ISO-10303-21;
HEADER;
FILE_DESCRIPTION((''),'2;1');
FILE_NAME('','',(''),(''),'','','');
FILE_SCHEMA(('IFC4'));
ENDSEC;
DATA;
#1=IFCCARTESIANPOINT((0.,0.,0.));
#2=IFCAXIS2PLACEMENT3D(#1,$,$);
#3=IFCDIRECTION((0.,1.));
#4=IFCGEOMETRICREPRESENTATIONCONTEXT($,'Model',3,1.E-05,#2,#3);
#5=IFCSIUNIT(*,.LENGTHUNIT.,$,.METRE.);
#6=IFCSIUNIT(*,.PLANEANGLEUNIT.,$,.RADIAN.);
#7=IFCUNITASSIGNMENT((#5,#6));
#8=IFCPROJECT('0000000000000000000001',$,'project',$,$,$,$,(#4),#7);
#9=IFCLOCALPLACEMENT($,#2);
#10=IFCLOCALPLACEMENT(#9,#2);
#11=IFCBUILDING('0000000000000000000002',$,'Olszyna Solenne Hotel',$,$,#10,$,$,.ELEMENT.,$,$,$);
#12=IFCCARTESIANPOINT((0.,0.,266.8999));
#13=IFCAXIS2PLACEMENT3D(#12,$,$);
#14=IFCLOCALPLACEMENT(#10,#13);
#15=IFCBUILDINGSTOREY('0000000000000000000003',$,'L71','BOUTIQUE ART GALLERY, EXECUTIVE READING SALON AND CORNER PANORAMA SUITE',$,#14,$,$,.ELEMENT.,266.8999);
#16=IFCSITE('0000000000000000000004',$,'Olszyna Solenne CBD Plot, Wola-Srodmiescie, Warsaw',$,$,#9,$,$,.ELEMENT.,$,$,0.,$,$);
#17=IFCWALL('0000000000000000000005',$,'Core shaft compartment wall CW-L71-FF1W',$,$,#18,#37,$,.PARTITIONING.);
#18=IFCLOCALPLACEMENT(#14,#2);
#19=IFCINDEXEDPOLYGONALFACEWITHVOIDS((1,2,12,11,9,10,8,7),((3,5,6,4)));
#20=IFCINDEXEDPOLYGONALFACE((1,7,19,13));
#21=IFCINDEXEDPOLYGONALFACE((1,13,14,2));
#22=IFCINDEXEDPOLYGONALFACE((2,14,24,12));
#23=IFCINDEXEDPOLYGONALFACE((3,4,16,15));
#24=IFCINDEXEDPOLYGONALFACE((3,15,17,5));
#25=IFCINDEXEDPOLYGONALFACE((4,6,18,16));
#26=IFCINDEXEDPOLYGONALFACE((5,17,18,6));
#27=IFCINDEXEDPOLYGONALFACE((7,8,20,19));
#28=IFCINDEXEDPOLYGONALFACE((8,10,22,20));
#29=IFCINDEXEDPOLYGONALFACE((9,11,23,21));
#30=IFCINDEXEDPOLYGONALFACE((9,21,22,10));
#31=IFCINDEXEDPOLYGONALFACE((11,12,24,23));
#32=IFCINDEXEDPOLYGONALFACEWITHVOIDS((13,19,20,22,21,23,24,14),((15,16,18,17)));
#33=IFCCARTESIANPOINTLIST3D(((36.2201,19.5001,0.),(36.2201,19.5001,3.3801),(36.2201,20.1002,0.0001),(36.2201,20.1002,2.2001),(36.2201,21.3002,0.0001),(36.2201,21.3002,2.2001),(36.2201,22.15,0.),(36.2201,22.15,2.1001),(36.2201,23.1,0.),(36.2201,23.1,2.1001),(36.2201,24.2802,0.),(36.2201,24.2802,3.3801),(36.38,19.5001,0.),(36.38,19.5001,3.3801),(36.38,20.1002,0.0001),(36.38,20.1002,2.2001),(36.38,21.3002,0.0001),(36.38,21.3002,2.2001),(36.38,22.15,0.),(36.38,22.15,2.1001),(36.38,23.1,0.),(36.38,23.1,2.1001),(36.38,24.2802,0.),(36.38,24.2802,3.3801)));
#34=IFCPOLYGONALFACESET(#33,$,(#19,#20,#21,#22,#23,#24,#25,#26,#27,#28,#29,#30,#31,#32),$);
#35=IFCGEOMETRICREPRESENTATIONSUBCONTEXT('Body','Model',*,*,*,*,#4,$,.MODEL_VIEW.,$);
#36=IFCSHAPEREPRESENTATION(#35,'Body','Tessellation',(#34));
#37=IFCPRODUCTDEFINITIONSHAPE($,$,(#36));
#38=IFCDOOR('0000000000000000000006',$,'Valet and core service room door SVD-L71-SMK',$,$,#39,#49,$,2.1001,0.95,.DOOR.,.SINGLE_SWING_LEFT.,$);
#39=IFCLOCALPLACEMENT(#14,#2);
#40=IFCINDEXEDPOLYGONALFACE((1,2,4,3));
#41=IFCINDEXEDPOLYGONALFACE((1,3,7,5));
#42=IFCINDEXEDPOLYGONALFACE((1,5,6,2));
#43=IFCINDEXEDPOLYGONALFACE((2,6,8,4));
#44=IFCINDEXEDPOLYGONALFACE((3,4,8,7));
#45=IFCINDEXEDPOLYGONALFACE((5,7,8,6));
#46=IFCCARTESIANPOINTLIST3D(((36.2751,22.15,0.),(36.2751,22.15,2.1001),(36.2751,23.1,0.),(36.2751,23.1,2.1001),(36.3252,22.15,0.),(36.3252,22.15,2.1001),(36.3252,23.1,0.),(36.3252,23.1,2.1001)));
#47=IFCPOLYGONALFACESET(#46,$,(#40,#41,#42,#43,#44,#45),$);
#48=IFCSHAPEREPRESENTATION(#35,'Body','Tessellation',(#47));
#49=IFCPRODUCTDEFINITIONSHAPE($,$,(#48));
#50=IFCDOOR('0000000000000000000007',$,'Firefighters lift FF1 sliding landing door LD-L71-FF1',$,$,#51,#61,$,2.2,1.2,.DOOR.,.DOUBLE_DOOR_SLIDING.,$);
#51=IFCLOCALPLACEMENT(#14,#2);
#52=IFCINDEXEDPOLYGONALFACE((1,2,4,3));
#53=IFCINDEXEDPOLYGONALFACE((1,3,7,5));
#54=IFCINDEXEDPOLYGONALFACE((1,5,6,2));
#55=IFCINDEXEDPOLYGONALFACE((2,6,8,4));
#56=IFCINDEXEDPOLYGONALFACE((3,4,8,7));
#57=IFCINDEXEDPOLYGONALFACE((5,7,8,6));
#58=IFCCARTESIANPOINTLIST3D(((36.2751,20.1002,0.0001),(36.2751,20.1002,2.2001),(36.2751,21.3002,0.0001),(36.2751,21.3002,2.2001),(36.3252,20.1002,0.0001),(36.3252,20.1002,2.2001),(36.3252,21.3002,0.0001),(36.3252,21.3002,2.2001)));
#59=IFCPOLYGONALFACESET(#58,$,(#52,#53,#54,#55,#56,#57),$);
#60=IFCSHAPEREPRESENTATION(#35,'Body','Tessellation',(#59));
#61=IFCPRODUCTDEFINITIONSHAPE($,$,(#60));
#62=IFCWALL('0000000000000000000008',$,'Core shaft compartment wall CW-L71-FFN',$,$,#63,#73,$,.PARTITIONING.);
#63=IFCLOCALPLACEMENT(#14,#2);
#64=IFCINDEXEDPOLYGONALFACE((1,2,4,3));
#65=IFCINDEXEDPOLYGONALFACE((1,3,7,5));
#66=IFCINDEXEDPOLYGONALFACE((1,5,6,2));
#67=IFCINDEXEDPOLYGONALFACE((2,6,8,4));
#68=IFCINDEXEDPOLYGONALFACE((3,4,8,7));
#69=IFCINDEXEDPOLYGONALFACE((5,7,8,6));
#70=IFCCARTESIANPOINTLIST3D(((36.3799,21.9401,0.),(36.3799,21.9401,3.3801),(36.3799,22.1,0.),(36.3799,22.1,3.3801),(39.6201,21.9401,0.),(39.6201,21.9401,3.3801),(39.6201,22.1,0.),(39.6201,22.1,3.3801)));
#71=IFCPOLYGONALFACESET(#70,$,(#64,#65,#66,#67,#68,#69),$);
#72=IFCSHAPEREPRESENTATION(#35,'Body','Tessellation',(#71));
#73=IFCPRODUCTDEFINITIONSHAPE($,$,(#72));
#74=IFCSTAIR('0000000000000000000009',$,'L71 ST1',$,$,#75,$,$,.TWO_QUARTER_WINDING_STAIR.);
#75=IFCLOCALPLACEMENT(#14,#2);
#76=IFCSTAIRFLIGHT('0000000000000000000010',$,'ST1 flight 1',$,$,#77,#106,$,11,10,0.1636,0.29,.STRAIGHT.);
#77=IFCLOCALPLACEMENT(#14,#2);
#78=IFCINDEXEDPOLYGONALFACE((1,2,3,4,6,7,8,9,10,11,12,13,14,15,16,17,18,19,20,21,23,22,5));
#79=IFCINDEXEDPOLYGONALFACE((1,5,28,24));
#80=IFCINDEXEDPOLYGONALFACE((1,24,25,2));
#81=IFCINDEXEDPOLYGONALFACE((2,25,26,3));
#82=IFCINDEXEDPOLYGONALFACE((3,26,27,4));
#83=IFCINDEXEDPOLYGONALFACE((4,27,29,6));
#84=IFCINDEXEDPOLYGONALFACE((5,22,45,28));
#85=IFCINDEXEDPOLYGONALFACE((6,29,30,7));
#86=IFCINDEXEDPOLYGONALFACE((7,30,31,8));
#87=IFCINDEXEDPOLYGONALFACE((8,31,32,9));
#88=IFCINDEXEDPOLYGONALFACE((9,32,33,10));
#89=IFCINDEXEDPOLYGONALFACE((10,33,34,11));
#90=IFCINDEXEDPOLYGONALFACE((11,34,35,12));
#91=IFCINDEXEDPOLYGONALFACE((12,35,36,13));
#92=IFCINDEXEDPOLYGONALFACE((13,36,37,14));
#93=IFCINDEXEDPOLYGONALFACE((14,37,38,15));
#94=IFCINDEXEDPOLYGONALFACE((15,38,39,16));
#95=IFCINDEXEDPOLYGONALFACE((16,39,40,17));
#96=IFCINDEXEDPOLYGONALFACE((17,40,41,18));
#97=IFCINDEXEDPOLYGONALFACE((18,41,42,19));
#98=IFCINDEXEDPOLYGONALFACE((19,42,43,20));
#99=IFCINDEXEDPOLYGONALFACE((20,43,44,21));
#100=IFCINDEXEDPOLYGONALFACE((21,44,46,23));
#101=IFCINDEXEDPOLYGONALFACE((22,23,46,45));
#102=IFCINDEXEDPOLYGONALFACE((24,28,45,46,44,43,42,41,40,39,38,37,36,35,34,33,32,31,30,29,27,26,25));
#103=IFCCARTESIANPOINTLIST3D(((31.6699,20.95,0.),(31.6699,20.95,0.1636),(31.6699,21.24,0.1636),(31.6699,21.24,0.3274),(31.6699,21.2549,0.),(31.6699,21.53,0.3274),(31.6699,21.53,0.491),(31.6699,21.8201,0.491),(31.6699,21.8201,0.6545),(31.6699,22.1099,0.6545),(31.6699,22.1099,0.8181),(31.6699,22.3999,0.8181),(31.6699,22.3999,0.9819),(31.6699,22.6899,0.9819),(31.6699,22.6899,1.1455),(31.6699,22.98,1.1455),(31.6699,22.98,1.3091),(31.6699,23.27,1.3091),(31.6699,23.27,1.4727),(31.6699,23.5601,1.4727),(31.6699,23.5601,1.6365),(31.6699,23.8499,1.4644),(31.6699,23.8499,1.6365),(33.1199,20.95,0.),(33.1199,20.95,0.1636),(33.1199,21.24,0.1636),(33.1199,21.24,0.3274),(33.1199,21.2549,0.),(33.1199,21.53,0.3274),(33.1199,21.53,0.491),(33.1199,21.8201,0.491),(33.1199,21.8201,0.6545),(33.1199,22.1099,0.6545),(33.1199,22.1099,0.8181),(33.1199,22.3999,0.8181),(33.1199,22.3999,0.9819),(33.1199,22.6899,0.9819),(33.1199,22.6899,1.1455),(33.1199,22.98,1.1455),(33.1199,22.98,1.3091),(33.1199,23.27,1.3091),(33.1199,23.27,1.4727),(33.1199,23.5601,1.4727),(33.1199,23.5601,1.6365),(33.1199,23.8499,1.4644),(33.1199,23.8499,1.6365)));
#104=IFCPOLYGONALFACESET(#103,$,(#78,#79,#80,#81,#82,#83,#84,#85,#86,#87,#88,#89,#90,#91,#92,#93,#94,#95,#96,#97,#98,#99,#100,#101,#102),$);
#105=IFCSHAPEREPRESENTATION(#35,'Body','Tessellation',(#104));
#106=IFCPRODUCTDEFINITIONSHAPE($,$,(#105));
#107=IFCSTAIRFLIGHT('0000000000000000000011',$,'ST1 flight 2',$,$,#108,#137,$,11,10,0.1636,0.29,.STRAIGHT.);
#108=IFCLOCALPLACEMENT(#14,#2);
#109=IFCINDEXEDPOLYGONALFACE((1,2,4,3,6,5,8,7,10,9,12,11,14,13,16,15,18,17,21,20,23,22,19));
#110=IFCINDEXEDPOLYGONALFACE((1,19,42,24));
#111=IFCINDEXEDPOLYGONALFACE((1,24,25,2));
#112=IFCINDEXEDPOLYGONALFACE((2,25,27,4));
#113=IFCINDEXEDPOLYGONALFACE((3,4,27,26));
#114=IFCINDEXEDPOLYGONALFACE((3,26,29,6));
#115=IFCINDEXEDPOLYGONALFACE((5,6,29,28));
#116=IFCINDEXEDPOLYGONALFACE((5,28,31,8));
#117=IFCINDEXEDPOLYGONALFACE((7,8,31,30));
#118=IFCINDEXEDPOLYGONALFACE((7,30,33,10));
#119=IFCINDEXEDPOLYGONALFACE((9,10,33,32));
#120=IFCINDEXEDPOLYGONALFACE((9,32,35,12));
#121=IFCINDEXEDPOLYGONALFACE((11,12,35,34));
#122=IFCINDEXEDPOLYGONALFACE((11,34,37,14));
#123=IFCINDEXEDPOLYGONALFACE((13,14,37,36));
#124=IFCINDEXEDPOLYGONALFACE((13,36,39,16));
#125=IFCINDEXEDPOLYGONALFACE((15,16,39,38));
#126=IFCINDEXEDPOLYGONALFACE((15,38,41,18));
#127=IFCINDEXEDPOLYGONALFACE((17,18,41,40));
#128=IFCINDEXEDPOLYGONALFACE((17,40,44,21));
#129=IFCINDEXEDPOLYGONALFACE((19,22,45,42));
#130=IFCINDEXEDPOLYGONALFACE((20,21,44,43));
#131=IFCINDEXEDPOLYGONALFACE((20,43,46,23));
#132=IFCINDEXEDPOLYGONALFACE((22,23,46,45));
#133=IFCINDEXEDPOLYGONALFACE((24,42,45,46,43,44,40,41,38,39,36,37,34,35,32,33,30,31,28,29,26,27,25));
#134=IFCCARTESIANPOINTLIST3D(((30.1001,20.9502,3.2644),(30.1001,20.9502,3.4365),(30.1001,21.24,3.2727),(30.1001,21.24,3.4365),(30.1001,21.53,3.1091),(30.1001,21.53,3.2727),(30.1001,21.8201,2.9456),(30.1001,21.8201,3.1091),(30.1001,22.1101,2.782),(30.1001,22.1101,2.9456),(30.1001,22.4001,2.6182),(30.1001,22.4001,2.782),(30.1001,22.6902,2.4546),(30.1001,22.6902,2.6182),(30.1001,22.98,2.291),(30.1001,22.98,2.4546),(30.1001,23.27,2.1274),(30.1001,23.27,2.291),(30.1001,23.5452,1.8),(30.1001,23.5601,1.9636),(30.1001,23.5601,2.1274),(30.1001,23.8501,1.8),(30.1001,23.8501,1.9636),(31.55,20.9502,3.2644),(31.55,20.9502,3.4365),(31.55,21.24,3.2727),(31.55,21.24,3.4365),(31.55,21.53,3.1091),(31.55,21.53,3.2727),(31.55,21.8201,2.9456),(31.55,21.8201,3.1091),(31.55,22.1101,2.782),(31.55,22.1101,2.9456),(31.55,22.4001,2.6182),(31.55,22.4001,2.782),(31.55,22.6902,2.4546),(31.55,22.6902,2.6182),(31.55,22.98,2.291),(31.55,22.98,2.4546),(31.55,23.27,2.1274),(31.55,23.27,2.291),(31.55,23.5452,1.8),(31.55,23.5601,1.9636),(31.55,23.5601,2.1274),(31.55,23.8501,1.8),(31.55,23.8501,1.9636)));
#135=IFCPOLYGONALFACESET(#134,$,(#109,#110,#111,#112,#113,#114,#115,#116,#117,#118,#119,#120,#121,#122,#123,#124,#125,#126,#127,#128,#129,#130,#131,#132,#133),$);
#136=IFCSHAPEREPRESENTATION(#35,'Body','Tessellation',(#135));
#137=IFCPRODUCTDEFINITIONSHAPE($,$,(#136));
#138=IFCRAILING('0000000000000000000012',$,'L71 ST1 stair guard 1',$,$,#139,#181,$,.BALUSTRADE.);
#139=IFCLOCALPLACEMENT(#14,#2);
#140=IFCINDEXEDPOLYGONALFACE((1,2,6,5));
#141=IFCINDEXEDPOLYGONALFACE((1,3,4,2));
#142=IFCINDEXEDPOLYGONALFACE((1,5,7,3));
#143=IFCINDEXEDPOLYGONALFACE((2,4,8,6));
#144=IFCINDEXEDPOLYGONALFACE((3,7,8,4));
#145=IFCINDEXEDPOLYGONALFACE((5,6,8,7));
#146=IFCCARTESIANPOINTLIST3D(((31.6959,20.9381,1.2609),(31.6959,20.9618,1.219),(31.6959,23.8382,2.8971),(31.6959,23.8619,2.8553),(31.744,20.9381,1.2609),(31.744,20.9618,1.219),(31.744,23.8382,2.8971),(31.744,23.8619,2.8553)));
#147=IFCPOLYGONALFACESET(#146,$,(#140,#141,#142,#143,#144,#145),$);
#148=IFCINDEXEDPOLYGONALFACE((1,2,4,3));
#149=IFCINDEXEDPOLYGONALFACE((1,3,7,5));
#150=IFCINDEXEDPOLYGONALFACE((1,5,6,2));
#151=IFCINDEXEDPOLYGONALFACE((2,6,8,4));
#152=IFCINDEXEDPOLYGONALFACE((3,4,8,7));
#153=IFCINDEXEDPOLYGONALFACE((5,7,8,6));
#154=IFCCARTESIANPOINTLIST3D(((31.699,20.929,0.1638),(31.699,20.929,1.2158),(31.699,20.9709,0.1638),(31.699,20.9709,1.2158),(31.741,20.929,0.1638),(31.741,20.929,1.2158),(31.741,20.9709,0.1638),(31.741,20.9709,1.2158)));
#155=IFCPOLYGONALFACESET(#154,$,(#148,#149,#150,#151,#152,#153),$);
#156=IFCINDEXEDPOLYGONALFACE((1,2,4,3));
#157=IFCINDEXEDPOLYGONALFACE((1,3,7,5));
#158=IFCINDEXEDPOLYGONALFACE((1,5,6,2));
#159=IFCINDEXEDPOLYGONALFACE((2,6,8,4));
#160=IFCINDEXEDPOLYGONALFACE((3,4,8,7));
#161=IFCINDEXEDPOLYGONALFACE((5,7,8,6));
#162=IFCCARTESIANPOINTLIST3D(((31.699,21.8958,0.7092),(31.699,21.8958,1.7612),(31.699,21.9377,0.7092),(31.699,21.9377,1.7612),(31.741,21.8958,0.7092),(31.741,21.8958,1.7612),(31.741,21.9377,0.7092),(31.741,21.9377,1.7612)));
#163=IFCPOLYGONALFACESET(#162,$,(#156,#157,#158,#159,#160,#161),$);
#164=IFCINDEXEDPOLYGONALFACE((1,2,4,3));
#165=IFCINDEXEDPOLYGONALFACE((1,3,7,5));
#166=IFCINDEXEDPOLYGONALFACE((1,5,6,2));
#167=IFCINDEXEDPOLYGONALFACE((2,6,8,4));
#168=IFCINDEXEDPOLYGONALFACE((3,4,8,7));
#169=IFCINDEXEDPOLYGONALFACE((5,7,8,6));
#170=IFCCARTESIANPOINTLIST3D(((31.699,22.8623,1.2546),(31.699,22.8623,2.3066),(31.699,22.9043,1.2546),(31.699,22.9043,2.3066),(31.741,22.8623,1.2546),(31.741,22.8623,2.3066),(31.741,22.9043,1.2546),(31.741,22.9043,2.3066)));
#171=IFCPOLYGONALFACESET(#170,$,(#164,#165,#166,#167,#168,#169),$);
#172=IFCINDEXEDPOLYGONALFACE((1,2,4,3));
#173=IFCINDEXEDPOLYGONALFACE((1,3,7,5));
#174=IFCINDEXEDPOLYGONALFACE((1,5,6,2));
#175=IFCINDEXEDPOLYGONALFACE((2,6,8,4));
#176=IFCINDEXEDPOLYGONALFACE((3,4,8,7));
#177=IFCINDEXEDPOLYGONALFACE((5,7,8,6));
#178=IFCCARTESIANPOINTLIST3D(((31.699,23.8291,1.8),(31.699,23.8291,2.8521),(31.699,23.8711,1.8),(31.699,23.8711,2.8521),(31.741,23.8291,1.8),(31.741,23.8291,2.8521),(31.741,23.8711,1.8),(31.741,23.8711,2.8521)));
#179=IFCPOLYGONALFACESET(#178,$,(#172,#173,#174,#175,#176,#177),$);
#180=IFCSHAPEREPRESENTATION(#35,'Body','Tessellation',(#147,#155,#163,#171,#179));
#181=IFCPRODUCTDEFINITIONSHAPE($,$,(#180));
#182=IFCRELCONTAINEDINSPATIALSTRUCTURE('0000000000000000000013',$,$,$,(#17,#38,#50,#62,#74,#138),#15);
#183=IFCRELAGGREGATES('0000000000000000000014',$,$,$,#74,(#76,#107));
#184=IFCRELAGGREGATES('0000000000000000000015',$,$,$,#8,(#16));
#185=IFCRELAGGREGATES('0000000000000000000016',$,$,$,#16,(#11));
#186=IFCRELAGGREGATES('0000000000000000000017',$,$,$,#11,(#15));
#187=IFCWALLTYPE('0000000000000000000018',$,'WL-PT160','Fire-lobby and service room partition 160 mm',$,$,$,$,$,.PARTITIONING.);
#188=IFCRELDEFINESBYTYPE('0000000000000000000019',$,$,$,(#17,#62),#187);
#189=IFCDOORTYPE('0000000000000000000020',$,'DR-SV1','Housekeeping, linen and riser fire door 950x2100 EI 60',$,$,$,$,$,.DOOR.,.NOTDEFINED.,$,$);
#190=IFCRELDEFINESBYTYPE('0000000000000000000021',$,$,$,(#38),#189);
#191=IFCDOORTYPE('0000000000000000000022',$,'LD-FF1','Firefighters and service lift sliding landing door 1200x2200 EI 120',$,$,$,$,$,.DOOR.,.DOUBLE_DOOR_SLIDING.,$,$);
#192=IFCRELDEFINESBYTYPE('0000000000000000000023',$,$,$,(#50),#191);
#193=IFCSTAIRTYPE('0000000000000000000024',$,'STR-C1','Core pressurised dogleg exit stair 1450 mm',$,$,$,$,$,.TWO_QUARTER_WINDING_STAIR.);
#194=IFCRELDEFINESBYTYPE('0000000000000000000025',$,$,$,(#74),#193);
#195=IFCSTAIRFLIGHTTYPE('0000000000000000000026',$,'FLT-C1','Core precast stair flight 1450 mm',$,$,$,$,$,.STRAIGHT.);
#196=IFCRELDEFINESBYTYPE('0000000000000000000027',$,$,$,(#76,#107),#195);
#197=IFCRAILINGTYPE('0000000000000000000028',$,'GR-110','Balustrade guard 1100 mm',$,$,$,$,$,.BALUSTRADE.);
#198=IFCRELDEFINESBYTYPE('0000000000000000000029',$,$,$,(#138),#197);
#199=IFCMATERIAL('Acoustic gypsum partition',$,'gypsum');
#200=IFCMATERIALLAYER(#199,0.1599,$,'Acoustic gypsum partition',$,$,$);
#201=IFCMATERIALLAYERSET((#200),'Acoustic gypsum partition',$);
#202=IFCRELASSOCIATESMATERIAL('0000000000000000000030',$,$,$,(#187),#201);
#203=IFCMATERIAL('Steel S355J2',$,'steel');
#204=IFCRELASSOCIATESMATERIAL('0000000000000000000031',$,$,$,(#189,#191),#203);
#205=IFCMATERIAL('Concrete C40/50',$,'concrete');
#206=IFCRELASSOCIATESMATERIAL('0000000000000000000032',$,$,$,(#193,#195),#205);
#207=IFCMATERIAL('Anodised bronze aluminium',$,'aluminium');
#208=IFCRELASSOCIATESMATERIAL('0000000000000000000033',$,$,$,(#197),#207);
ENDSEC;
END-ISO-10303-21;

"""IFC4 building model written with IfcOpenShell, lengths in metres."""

from ifc_helpers import new_model, si_unit, direction, frame, frame_2d, origin, origin_2d, place, context, subcontext, project, spatial, polyline, rectangle, outline, extrude, source, transform, mapped, material, layer, layer_set, type_object, type_shapes, element, fill, aggregate, save


model = new_model("IFC4")

# Units and contexts
model_context = context("Model", 3, precision=1e-05, world=origin(), true_north=direction((0.0, 1.0)))
body_context = subcontext(model_context, "Body", "Model", "MODEL_VIEW")
ifc_project = project(units=[si_unit("LENGTHUNIT", "METRE"), si_unit("PLANEANGLEUNIT", "RADIAN")], contexts=[model_context])

# Site, building, storey
site_placement = place(None, origin())
site = spatial("IfcSite", under=ifc_project, at=site_placement, Name="Olszyna Solenne CBD Plot, Wola-Srodmiescie, Warsaw", CompositionType="ELEMENT", RefElevation=0.0)
building_placement = place(site_placement, origin())
building = spatial("IfcBuilding", under=site, at=building_placement, Name="Olszyna Solenne Hotel", CompositionType="ELEMENT")
storey_placement = place(building_placement, frame((0.0, 0.0, 266.8999)))
storey = spatial("IfcBuildingStorey", under=building, at=storey_placement, Name="L71", Description="BOUTIQUE ART GALLERY, EXECUTIVE READING SALON AND CORNER PANORAMA SUITE", CompositionType="ELEMENT", Elevation=266.8999)

# Shared definitions
ifc_material_1 = material(Name="Steel S355J2", Category="steel")

# Shared definitions
ifc_material_2 = material(Name="Anodised bronze aluminium", Category="aluminium")

# Shared definitions
ifc_material_3 = material(Name="Acoustic gypsum partition", Category="gypsum")
ifc_layer_1 = layer(ifc_material_3, 0.1599, Name="Acoustic gypsum partition")
ifc_layer_set_1 = layer_set([ifc_layer_1], Name="Acoustic gypsum partition")
wall_type_1 = type_object("IfcWallType", Name="WL-PT160", Description="Fire-lobby and service room partition 160 mm", PredefinedType="PARTITIONING", material=ifc_layer_set_1)

# Wall, openings, doors
wall_1_placement = place(storey_placement, frame((36.3, 19.5, 0.0), z_axis=(0.0, 0.0, 1.0), x_axis=(0.0, 1.0, 0.0)))
wall_1 = element("IfcWall", 1, at=wall_1_placement, inside=storey, type_object=wall_type_1, Name="Core shaft compartment wall CW-L71-FF1W", PredefinedType="PARTITIONING", context=body_context, shape_type="SweptSolid", body=[
    extrude(rectangle(XDim=4.78, YDim=0.1599, at=frame_2d((2.3901, 0.0))), origin(), (0.0, 0.0, 1.0), 3.3801),
])
opening_1_placement = place(wall_1_placement, frame((0.6001, 0.0, 0.0)))
opening_1 = element("IfcOpeningElement", 2, at=opening_1_placement, cuts=wall_1, PredefinedType="OPENING", context=body_context, shape_type="SweptSolid", body=[
    extrude(rectangle(XDim=1.2, YDim=2.2, at=frame_2d((0.6001, 1.1001))), frame((0.0, 0.0898, 0.0), z_axis=(0.0, -1.0, 0.0), x_axis=(1.0, 0.0, 0.0)), (0.0, 0.0, 1.0), 0.1799),
])
opening_2_placement = place(wall_1_placement, frame((2.6499, 0.0, 0.0)))
opening_2 = element("IfcOpeningElement", 3, at=opening_2_placement, cuts=wall_1, PredefinedType="OPENING", context=body_context, shape_type="SweptSolid", body=[
    extrude(rectangle(XDim=0.95, YDim=2.1001, at=frame_2d((0.4751, 1.05))), frame((0.0, 0.0898, 0.0), z_axis=(0.0, -1.0, 0.0), x_axis=(1.0, 0.0, 0.0)), (0.0, 0.0, 1.0), 0.1799),
])
door_type_1 = type_object("IfcDoorType", Name="DR-SV1", Description="Housekeeping, linen and riser fire door 950x2100 EI 60", OperationType="NOTDEFINED", PredefinedType="DOOR", material=ifc_material_1)
shared_shape_1 = source(origin(), body_context, "Body", "SweptSolid", [
    extrude(rectangle(XDim=0.95, YDim=2.1001, at=frame_2d((0.4751, 1.05))), frame((0.0, 0.0249, 0.0), z_axis=(0.0, -1.0, 0.0), x_axis=(1.0, 0.0, 0.0)), (0.0, 0.0, 1.0), 0.05),
])
type_shapes(door_type_1, [shared_shape_1])
door_1_placement = place(opening_2_placement, origin())
door_1 = element("IfcDoor", 4, at=door_1_placement, inside=storey, type_object=door_type_1, Name="Valet and core service room door SVD-L71-SMK", OperationType="SINGLE_SWING_LEFT", OverallHeight=2.1001, OverallWidth=0.95, PredefinedType="DOOR", context=body_context, shape_type="MappedRepresentation", body=[
    mapped(shared_shape_1, transform((0.0, 0.0, 0.0), x_axis=(1.0, 0.0, 0.0), y_axis=(0.0, 1.0, 0.0), z_axis=(0.0, 0.0, 1.0), scale=1.0)),
])
fill(opening_2, door_1)
door_type_2 = type_object("IfcDoorType", Name="LD-FF1", Description="Firefighters and service lift sliding landing door 1200x2200 EI 120", OperationType="DOUBLE_DOOR_SLIDING", PredefinedType="DOOR", material=ifc_material_1)
shared_shape_2 = source(origin(), body_context, "Body", "SweptSolid", [
    extrude(rectangle(XDim=1.2, YDim=2.2, at=frame_2d((0.6001, 1.1001))), frame((0.0, 0.0249, 0.0), z_axis=(0.0, -1.0, 0.0), x_axis=(1.0, 0.0, 0.0)), (0.0, 0.0, 1.0), 0.05),
])
type_shapes(door_type_2, [shared_shape_2])
door_2_placement = place(opening_1_placement, origin())
door_2 = element("IfcDoor", 5, at=door_2_placement, inside=storey, type_object=door_type_2, Name="Firefighters lift FF1 sliding landing door LD-L71-FF1", OperationType="DOUBLE_DOOR_SLIDING", OverallHeight=2.2, OverallWidth=1.2, PredefinedType="DOOR", context=body_context, shape_type="MappedRepresentation", body=[
    mapped(shared_shape_2, transform((0.0, 0.0, 0.0), x_axis=(1.0, 0.0, 0.0), y_axis=(0.0, 1.0, 0.0), z_axis=(0.0, 0.0, 1.0), scale=1.0)),
])
fill(opening_1, door_2)

# Wall
wall_2_placement = place(storey_placement, frame((36.3799, 22.02, 0.0), z_axis=(0.0, 0.0, 1.0), x_axis=(1.0, 0.0, 0.0)))
element("IfcWall", 6, at=wall_2_placement, inside=storey, type_object=wall_type_1, Name="Core shaft compartment wall CW-L71-FFN", PredefinedType="PARTITIONING", context=body_context, shape_type="SweptSolid", body=[
    extrude(rectangle(XDim=3.2402, YDim=0.1599, at=frame_2d((1.6201, 0.0))), origin(), (0.0, 0.0, 1.0), 3.3801),
])

# Stair, stair flights
ifc_material_4 = material(Name="Concrete C40/50", Category="concrete")
stair_type = type_object("IfcStairType", Name="STR-C1", Description="Core pressurised dogleg exit stair 1450 mm", PredefinedType="TWO_QUARTER_WINDING_STAIR", material=ifc_material_4)
stair_placement = place(storey_placement, origin())
stair = element("IfcStair", 7, at=stair_placement, inside=storey, type_object=stair_type, Name="L71 ST1", PredefinedType="TWO_QUARTER_WINDING_STAIR")
stair_flight_type = type_object("IfcStairFlightType", Name="FLT-C1", Description="Core precast stair flight 1450 mm", PredefinedType="STRAIGHT", material=ifc_material_4)
stair_flight_1_placement = place(storey_placement, frame((32.395, 20.95, 0.0), z_axis=(0.0, 0.0, 1.0), x_axis=(0.0, 1.0, 0.0)))
stair_flight_1 = element("IfcStairFlight", 8, at=stair_flight_1_placement, type_object=stair_flight_type, Name="ST1 flight 1", NumberOfRisers=11, NumberOfTreads=10, PredefinedType="STRAIGHT", RiserHeight=0.1636, TreadLength=0.29, context=body_context, shape_type="SweptSolid", body=[
    extrude(outline(polyline([(0.0, 0.0), (0.0, 0.1636), (0.29, 0.1636), (0.29, 0.3274), (0.5801, 0.3274), (0.5801, 0.491), (0.8701, 0.491), (0.8701, 0.6545), (1.1599, 0.6545), (1.1599, 0.8181), (1.45, 0.8181), (1.45, 0.9819), (1.74, 0.9819), (1.74, 1.1455), (2.03, 1.1455), (2.03, 1.3091), (2.3201, 1.3091), (2.3201, 1.4727), (2.6101, 1.4727), (2.6101, 1.6365), (2.8999, 1.6365), (2.8999, 1.8), (2.8999, 1.4644), (0.3049, 0.0), (0.0, 0.0)])), frame((0.0, 0.7251, 0.0), z_axis=(0.0, -1.0, 0.0), x_axis=(1.0, 0.0, 0.0)), (0.0, 0.0, 1.0), 1.45),
])
stair_flight_2_placement = place(storey_placement, frame((30.825, 23.8501, 1.8), z_axis=(0.0, 0.0, 1.0), x_axis=(0.0, -1.0, 0.0)))
stair_flight_2 = element("IfcStairFlight", 9, at=stair_flight_2_placement, type_object=stair_flight_type, Name="ST1 flight 2", NumberOfRisers=11, NumberOfTreads=10, PredefinedType="STRAIGHT", RiserHeight=0.1636, TreadLength=0.29, context=body_context, shape_type="SweptSolid", body=[
    extrude(outline(polyline([(0.0, 0.0), (0.0, 0.1636), (0.29, 0.1636), (0.29, 0.3274), (0.5801, 0.3274), (0.5801, 0.491), (0.8701, 0.491), (0.8701, 0.6545), (1.1599, 0.6545), (1.1599, 0.8181), (1.45, 0.8181), (1.45, 0.9819), (1.74, 0.9819), (1.74, 1.1455), (2.03, 1.1455), (2.03, 1.3091), (2.3201, 1.3091), (2.3201, 1.4727), (2.6101, 1.4727), (2.6101, 1.6365), (2.8999, 1.6365), (2.8999, 1.8), (2.8999, 1.4644), (0.3049, 0.0), (0.0, 0.0)])), frame((0.0, 0.7251, 0.0), z_axis=(0.0, -1.0, 0.0), x_axis=(1.0, 0.0, 0.0)), (0.0, 0.0, 1.0), 1.45),
])
aggregate(stair, [stair_flight_1, stair_flight_2])

# Railing
railing_type_1 = type_object("IfcRailingType", Name="GR-110", Description="Balustrade guard 1100 mm", PredefinedType="BALUSTRADE", material=ifc_material_2)
railing_1_placement = place(storey_placement, frame((31.72, 20.95, 0.1638)))
element("IfcRailing", 10, at=railing_1_placement, inside=storey, type_object=railing_type_1, Name="L71 ST1 stair guard 1", PredefinedType="BALUSTRADE", context=body_context, shape_type="SweptSolid", body=[
    extrude(rectangle(XDim=0.0481, YDim=0.0481, at=origin_2d()), frame((0.0, 0.0, 1.0762), z_axis=(0.0, 0.870946, 0.491378), x_axis=(-1.0, 0.0, 0.0)), (0.0, 0.0, 1.0), 3.3298),
    extrude(rectangle(XDim=0.042, YDim=0.042, at=origin_2d()), origin(), (0.0, 0.0, 1.0), 1.052),
    extrude(rectangle(XDim=0.042, YDim=0.042, at=origin_2d()), frame((0.0, 0.9668, 0.5454)), (0.0, 0.0, 1.0), 1.052),
    extrude(rectangle(XDim=0.042, YDim=0.042, at=origin_2d()), frame((0.0, 1.9333, 1.0908)), (0.0, 0.0, 1.0), 1.052),
    extrude(rectangle(XDim=0.042, YDim=0.042, at=origin_2d()), frame((0.0, 2.9001, 1.6362)), (0.0, 0.0, 1.0), 1.052),
])

save(model, "model.ifc")
